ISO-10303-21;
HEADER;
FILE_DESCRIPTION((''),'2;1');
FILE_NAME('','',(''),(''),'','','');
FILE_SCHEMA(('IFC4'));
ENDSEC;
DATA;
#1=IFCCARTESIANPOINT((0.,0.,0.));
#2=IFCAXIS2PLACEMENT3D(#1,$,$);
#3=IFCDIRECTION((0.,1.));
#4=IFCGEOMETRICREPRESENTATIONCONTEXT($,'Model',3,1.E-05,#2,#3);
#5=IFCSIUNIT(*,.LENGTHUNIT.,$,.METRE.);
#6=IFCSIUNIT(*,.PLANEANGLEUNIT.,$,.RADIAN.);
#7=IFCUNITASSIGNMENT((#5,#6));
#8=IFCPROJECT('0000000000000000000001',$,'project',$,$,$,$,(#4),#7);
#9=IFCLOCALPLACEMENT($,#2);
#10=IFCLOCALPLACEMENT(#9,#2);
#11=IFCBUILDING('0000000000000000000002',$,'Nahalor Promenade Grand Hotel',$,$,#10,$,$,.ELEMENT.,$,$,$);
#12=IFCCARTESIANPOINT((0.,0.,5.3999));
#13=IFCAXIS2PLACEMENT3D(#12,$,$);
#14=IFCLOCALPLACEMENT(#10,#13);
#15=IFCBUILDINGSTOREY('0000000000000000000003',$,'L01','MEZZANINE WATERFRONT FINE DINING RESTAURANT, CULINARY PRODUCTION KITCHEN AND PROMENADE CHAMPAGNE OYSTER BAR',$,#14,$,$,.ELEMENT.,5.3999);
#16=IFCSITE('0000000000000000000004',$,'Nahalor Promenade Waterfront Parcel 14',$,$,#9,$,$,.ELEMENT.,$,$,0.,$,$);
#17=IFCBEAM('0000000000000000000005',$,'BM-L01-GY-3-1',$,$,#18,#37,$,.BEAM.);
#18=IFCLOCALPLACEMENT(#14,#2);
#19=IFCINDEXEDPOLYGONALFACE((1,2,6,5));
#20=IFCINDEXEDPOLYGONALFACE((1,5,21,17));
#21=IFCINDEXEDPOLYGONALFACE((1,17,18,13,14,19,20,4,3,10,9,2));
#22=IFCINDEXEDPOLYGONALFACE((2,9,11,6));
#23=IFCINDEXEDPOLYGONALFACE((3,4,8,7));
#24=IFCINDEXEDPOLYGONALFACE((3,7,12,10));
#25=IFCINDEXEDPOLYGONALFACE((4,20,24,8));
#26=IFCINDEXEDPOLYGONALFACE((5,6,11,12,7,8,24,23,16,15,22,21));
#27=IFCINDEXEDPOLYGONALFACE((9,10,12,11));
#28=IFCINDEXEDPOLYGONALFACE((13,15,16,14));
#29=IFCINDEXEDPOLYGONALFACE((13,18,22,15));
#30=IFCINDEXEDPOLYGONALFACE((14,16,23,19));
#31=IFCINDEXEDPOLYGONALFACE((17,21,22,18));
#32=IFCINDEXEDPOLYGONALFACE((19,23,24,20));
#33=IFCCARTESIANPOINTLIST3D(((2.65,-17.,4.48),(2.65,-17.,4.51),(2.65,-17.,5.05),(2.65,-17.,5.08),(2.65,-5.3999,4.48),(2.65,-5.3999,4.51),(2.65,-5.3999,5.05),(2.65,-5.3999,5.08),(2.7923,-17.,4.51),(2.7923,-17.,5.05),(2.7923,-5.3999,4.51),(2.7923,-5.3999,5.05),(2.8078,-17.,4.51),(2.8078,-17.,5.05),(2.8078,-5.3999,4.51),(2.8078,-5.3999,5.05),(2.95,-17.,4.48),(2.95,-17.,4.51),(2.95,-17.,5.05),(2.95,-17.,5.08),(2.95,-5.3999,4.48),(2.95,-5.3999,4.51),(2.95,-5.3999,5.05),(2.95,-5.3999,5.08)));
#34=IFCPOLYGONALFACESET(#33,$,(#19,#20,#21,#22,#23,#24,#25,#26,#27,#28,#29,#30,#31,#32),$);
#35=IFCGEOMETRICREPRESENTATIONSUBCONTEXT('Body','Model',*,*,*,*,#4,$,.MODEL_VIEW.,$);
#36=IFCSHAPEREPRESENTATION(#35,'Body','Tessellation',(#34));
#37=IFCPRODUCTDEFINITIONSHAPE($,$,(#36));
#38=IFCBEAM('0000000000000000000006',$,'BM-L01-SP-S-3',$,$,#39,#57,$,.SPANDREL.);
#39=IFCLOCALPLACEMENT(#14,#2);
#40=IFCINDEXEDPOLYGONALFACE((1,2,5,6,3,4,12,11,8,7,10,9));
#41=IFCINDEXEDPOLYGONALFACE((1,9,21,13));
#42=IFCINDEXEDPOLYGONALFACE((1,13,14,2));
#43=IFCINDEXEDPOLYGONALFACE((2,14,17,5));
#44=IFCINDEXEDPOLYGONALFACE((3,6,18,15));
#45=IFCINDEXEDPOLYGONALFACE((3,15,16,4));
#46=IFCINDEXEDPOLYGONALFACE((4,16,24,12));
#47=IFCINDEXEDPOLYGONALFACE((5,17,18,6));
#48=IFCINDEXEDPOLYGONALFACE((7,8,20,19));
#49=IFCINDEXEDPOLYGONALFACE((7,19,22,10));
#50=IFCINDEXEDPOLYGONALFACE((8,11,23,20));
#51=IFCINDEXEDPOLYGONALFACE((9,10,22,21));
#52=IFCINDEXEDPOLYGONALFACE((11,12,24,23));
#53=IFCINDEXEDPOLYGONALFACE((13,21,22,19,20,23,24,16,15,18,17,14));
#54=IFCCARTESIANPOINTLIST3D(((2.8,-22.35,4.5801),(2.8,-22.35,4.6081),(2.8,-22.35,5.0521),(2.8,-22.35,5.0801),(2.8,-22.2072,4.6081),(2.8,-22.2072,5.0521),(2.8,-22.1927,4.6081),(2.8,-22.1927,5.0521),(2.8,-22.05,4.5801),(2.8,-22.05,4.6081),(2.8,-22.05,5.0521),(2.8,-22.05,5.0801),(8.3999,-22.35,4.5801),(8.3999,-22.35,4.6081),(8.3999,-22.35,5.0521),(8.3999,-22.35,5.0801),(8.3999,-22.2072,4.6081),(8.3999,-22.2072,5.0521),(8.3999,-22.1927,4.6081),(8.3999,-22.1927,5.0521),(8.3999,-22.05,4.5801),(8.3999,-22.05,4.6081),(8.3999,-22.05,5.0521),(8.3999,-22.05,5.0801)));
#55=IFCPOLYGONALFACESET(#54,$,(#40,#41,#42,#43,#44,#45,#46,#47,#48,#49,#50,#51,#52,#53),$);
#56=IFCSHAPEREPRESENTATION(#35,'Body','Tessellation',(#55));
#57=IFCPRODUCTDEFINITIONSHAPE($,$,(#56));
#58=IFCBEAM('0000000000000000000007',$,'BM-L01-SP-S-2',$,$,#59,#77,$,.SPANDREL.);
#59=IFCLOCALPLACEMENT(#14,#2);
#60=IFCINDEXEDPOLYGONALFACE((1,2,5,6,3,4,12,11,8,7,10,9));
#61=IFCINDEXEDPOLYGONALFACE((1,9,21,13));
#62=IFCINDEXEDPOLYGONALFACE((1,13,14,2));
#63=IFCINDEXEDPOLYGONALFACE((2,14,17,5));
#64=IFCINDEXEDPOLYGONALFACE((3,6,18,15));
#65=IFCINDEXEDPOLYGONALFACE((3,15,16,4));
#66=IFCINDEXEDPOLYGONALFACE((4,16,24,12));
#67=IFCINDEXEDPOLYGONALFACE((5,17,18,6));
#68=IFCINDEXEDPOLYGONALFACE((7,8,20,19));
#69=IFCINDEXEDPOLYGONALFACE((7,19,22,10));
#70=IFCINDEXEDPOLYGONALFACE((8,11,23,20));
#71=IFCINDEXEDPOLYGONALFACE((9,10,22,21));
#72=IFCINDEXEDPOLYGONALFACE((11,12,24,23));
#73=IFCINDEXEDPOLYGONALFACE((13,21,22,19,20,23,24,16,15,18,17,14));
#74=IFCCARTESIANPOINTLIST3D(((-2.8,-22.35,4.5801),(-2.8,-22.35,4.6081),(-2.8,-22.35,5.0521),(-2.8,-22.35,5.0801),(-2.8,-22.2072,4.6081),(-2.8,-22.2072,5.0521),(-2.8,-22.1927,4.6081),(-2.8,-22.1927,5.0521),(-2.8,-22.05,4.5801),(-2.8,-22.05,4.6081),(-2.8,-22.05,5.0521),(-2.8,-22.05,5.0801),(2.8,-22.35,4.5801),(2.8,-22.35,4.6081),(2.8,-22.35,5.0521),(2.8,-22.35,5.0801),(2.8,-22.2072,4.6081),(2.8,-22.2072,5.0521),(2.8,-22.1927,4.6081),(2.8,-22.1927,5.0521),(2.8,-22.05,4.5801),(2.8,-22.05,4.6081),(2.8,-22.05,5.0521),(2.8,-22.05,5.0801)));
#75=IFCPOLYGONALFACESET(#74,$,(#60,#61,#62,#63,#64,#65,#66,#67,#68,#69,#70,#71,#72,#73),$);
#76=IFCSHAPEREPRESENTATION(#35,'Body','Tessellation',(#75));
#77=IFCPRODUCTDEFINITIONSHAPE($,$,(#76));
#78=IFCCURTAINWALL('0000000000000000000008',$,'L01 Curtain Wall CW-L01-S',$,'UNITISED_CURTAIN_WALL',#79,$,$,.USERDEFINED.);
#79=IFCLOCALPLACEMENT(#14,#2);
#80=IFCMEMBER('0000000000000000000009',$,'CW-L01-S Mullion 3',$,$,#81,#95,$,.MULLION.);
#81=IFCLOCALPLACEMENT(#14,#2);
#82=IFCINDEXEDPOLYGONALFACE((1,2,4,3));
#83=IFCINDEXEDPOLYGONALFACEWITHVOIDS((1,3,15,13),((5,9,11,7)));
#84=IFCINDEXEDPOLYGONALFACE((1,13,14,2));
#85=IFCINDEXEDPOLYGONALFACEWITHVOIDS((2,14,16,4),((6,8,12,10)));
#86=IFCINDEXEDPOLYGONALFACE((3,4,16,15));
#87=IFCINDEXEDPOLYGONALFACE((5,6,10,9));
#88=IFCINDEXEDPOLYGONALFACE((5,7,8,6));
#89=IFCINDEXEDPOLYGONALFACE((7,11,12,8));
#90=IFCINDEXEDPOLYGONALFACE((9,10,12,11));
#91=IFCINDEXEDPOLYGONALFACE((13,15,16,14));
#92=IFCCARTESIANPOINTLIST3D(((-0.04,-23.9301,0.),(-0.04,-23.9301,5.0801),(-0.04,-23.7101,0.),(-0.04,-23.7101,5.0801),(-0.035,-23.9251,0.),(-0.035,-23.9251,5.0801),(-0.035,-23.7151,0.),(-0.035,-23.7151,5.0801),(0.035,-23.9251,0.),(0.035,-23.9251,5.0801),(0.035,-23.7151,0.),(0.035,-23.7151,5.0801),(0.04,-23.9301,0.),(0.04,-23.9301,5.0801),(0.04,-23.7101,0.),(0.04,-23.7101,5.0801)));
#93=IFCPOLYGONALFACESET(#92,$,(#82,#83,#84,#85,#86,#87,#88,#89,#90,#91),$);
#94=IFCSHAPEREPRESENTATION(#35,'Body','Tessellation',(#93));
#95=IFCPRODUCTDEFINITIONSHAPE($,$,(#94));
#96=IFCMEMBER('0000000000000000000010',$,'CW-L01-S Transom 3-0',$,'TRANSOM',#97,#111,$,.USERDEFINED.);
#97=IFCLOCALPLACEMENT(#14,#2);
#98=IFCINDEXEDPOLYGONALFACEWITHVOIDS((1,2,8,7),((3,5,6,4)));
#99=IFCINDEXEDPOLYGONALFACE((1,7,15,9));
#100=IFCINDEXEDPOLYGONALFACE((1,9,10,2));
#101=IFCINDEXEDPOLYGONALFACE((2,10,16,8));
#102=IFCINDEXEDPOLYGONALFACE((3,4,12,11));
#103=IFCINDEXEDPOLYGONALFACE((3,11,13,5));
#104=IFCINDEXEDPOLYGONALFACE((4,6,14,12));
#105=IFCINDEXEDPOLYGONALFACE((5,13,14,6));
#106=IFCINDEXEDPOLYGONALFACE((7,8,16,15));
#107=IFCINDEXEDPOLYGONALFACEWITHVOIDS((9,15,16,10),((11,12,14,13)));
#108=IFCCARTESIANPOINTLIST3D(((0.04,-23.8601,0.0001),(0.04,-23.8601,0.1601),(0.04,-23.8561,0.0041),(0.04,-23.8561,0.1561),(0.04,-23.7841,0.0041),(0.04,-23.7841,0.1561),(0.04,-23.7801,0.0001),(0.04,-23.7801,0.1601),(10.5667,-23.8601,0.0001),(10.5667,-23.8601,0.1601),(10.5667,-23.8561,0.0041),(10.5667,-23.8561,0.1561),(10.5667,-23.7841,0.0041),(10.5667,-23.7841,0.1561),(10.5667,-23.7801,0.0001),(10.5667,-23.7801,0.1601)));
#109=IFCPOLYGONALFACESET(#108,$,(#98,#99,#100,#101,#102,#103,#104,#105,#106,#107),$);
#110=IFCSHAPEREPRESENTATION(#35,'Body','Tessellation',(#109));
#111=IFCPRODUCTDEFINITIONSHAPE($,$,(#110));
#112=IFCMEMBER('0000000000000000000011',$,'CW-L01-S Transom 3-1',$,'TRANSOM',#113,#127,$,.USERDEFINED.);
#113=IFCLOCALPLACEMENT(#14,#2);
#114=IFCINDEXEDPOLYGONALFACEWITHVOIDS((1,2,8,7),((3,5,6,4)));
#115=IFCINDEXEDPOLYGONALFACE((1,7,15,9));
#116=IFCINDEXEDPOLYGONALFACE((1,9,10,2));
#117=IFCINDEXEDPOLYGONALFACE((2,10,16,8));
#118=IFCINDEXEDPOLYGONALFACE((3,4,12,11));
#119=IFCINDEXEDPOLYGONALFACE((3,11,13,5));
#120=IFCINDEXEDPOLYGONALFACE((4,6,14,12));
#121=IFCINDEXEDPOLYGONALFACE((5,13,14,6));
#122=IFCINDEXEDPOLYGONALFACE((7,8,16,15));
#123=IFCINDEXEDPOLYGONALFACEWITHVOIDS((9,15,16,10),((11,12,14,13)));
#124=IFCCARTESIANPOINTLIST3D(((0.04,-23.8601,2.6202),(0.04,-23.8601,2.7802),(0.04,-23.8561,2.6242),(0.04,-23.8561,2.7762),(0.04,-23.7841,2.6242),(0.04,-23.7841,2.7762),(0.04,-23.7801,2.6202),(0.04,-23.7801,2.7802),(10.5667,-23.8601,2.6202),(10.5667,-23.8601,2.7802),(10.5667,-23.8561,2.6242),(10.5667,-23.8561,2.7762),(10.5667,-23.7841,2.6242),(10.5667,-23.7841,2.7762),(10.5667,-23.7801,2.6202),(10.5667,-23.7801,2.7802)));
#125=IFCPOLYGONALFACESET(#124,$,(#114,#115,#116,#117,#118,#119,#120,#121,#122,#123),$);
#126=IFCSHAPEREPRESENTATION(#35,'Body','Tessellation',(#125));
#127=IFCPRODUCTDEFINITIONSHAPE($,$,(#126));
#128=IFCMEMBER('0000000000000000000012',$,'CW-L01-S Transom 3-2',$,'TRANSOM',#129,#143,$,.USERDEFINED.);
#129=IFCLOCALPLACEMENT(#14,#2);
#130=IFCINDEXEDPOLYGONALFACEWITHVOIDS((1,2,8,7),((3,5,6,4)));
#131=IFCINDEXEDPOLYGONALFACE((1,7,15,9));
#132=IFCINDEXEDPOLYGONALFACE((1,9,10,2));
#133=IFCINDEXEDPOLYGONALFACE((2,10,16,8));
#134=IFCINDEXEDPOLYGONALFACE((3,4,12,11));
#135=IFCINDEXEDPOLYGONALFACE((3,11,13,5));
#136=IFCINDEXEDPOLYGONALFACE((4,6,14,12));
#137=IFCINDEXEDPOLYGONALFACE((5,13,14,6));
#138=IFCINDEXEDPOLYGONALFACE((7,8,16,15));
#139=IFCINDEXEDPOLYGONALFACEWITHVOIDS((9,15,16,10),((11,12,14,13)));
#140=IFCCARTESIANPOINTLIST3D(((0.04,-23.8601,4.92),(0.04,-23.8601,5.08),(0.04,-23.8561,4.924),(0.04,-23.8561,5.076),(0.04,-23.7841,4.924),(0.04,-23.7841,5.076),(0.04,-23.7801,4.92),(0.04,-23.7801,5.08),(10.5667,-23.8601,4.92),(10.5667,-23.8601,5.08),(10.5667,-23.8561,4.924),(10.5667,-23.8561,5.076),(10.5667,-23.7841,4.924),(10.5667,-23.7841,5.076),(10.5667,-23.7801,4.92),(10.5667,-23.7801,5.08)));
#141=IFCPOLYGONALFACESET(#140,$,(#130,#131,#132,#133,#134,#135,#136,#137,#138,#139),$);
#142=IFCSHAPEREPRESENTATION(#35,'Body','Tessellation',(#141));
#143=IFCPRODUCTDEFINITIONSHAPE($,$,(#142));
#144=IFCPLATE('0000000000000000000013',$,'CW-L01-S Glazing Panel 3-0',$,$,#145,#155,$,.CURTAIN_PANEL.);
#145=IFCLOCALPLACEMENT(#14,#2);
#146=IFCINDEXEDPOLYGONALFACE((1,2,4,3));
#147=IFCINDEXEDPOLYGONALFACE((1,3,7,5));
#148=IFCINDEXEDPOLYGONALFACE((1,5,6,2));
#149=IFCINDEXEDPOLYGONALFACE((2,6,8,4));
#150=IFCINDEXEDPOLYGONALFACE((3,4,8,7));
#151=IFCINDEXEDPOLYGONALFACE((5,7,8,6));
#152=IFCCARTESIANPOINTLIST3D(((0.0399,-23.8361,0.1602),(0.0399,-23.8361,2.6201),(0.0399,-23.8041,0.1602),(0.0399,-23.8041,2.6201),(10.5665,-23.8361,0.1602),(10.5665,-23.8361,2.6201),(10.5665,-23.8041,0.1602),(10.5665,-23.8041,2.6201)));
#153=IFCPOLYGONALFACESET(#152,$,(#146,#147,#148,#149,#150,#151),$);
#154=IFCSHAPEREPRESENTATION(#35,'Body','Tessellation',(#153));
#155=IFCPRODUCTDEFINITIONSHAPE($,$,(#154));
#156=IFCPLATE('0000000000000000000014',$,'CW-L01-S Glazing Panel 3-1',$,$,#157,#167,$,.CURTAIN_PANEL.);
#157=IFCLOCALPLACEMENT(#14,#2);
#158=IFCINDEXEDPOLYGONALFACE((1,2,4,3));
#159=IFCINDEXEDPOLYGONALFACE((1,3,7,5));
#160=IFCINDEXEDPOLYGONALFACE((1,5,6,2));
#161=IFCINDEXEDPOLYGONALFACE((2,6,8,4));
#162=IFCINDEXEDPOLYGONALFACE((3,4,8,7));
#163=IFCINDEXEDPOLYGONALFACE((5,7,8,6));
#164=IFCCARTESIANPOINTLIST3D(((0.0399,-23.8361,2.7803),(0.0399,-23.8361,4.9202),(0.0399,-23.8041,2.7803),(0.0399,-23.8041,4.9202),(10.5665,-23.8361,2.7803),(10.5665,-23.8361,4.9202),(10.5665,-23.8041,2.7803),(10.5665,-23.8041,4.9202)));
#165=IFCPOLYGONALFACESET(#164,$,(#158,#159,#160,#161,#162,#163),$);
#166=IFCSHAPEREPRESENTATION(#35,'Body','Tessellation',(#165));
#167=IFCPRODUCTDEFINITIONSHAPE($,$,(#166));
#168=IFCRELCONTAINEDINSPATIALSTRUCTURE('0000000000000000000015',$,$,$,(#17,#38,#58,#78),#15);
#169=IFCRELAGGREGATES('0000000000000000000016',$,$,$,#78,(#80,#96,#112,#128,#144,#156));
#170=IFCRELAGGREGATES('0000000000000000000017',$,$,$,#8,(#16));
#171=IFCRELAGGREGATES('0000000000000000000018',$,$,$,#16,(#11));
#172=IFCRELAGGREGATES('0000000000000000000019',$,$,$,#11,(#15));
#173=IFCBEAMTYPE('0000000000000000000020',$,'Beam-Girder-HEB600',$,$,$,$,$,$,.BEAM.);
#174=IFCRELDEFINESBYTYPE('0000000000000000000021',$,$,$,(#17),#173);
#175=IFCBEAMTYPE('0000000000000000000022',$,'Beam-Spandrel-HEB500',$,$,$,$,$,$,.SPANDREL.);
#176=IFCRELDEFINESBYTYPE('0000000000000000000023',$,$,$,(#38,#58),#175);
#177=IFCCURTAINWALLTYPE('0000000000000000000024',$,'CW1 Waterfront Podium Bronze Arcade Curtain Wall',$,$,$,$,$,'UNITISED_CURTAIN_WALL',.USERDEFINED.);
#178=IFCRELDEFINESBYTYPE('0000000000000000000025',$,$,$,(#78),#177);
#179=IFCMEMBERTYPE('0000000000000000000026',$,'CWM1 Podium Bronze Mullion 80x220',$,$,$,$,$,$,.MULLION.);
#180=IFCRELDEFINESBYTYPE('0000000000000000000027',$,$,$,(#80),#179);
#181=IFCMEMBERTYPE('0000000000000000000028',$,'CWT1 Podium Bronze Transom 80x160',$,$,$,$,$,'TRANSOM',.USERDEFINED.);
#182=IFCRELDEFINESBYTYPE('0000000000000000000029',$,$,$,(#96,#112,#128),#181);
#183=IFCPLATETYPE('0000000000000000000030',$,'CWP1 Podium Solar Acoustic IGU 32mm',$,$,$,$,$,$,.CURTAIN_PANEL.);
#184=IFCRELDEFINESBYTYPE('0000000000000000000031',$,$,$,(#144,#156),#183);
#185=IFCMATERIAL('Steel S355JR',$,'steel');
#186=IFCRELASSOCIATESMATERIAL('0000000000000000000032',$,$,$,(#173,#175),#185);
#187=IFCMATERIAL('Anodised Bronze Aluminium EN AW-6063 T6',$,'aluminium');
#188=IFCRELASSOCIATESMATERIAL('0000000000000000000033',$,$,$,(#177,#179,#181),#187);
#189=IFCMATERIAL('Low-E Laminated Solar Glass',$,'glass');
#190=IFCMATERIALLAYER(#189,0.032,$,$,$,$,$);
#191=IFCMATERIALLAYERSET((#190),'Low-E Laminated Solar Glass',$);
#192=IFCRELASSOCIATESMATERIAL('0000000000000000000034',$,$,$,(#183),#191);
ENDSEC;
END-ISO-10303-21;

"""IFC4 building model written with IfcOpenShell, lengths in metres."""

from ifc_helpers import new_model, si_unit, direction, frame, origin, origin_2d, place, context, subcontext, project, spatial, rectangle, hollow_rectangle, i_section, extrude, source, transform, mapped, material, layer, layer_set, material_profile, profile_set, type_object, element, aggregate, save


model = new_model("IFC4")

# Units and contexts
model_context = context("Model", 3, precision=1e-05, world=origin(), true_north=direction((0.0, 1.0)))
body_context = subcontext(model_context, "Body", "Model", "MODEL_VIEW")
ifc_project = project(units=[si_unit("LENGTHUNIT", "METRE"), si_unit("PLANEANGLEUNIT", "RADIAN")], contexts=[model_context])

# Site, building, storey
site_placement = place(None, origin())
site = spatial("IfcSite", under=ifc_project, at=site_placement, Name="Nahalor Promenade Waterfront Parcel 14", CompositionType="ELEMENT", RefElevation=0.0)
building_placement = place(site_placement, origin())
building = spatial("IfcBuilding", under=site, at=building_placement, Name="Nahalor Promenade Grand Hotel", CompositionType="ELEMENT")
storey_placement = place(building_placement, frame((0.0, 0.0, 5.3999)))
storey = spatial("IfcBuildingStorey", under=building, at=storey_placement, Name="L01", Description="MEZZANINE WATERFRONT FINE DINING RESTAURANT, CULINARY PRODUCTION KITCHEN AND PROMENADE CHAMPAGNE OYSTER BAR", CompositionType="ELEMENT", Elevation=5.3999)

# Beams
ifc_material_1 = material(Name="Steel S355JR", Category="steel")
ifc_material_profile_1 = material_profile(ifc_material_1, i_section(OverallWidth=0.3, OverallDepth=0.6, WebThickness=0.0155, FlangeThickness=0.03, at=origin_2d()), Name="HEB 600")
ifc_profile_set_1 = profile_set([ifc_material_profile_1], Name="Steel S355JR")
beam_type_1 = type_object("IfcBeamType", Name="Beam-Girder-HEB600", PredefinedType="BEAM", material=ifc_profile_set_1)
shared_shape_1 = source(origin(), body_context, "Body", "SweptSolid", [
    extrude(i_section(OverallWidth=0.3, OverallDepth=0.6, WebThickness=0.0155, FlangeThickness=0.03, at=origin_2d()), origin(), (0.0, 0.0, 1.0), 11.6001),
])
for number, where, z_axis, x_axis, name in (
    (1, (2.8, -17.0, 4.78), (0.0, 1.0, 0.0), (-1.0, 0.0, 0.0), "BM-L01-GY-3-1"),
):
    element("IfcBeam", number, at=place(storey_placement, frame(where, z_axis=z_axis, x_axis=x_axis)), inside=storey, type_object=beam_type_1, Name=name, PredefinedType="BEAM", context=body_context, shape_type="MappedRepresentation", body=[
        mapped(shared_shape_1, transform((0.0, 0.0, 0.0), scale=1.0)),
    ])
ifc_material_profile_2 = material_profile(ifc_material_1, i_section(OverallWidth=0.3, OverallDepth=0.5, WebThickness=0.0145, FlangeThickness=0.028, at=origin_2d()), Name="HEB 500")
ifc_profile_set_2 = profile_set([ifc_material_profile_2], Name="Steel S355JR")
beam_type_2 = type_object("IfcBeamType", Name="Beam-Spandrel-HEB500", PredefinedType="SPANDREL", material=ifc_profile_set_2)
shared_shape_2 = source(origin(), body_context, "Body", "SweptSolid", [
    extrude(i_section(OverallWidth=0.3, OverallDepth=0.5, WebThickness=0.0145, FlangeThickness=0.028, at=origin_2d()), origin(), (0.0, 0.0, 1.0), 5.5999),
])
beam_1_placement = place(storey_placement, frame((2.8, -22.2, 4.8301), z_axis=(1.0, 0.0, 0.0), x_axis=(0.0, 1.0, 0.0)))
element("IfcBeam", 2, at=beam_1_placement, inside=storey, type_object=beam_type_2, Name="BM-L01-SP-S-3", PredefinedType="SPANDREL", context=body_context, shape_type="MappedRepresentation", body=[
    mapped(shared_shape_2, transform((0.0, 0.0, 0.0), scale=1.0)),
])
shared_shape_3 = source(origin(), body_context, "Body", "SweptSolid", [
    extrude(i_section(OverallWidth=0.3, OverallDepth=0.5, WebThickness=0.0145, FlangeThickness=0.028, at=origin_2d()), origin(), (0.0, 0.0, 1.0), 5.6001),
])
beam_2_placement = place(storey_placement, frame((-2.8, -22.2, 4.8301), z_axis=(1.0, 0.0, 0.0), x_axis=(0.0, 1.0, 0.0)))
element("IfcBeam", 3, at=beam_2_placement, inside=storey, type_object=beam_type_2, Name="BM-L01-SP-S-2", PredefinedType="SPANDREL", context=body_context, shape_type="MappedRepresentation", body=[
    mapped(shared_shape_3, transform((0.0, 0.0, 0.0), scale=1.0)),
])

# Curtain wall, members, plates
ifc_material_2 = material(Name="Anodised Bronze Aluminium EN AW-6063 T6", Category="aluminium")
curtain_wall_type = type_object("IfcCurtainWallType", Name="CW1 Waterfront Podium Bronze Arcade Curtain Wall", ElementType="UNITISED_CURTAIN_WALL", PredefinedType="USERDEFINED", material=ifc_material_2)
curtain_wall_placement = place(storey_placement, origin())
curtain_wall = element("IfcCurtainWall", 4, at=curtain_wall_placement, inside=storey, type_object=curtain_wall_type, Name="L01 Curtain Wall CW-L01-S", ObjectType="UNITISED_CURTAIN_WALL", PredefinedType="USERDEFINED")
ifc_material_profile_3 = material_profile(ifc_material_2, hollow_rectangle(XDim=0.08, YDim=0.22, WallThickness=0.005, at=origin_2d()), Name="CWM 80x220x5")
ifc_profile_set_3 = profile_set([ifc_material_profile_3], Name="Anodised Bronze Aluminium EN AW-6063 T6")
member_type_1 = type_object("IfcMemberType", Name="CWM1 Podium Bronze Mullion 80x220", PredefinedType="MULLION", material=ifc_profile_set_3)
shared_shape_4 = source(origin(), body_context, "Body", "SweptSolid", [
    extrude(hollow_rectangle(XDim=0.08, YDim=0.22, WallThickness=0.005, at=origin_2d()), origin(), (0.0, 0.0, 1.0), 5.0801),
])
member_1_placement = place(storey_placement, frame((0.0, -23.8201, 0.0), z_axis=(0.0, 0.0, 1.0), x_axis=(1.0, 0.0, 0.0)))
member_1 = element("IfcMember", 5, at=member_1_placement, type_object=member_type_1, Name="CW-L01-S Mullion 3", PredefinedType="MULLION", context=body_context, shape_type="MappedRepresentation", body=[
    mapped(shared_shape_4, transform((0.0, 0.0, 0.0), scale=1.0)),
])
ifc_material_profile_4 = material_profile(ifc_material_2, hollow_rectangle(XDim=0.08, YDim=0.16, WallThickness=0.004, at=origin_2d()), Name="CWT 80x160x4")
ifc_profile_set_4 = profile_set([ifc_material_profile_4], Name="Anodised Bronze Aluminium EN AW-6063 T6")
member_type_2 = type_object("IfcMemberType", Name="CWT1 Podium Bronze Transom 80x160", ElementType="TRANSOM", PredefinedType="USERDEFINED", material=ifc_profile_set_4)
shared_shape_5 = source(origin(), body_context, "Body", "SweptSolid", [
    extrude(hollow_rectangle(XDim=0.08, YDim=0.16, WallThickness=0.004, at=origin_2d()), origin(), (0.0, 0.0, 1.0), 10.5266),
])
member_2_placement = place(storey_placement, frame((0.04, -23.8201, 0.0801), z_axis=(1.0, 0.0, 0.0), x_axis=(0.0, 1.0, 0.0)))
member_2 = element("IfcMember", 6, at=member_2_placement, type_object=member_type_2, Name="CW-L01-S Transom 3-0", ObjectType="TRANSOM", PredefinedType="USERDEFINED", context=body_context, shape_type="MappedRepresentation", body=[
    mapped(shared_shape_5, transform((0.0, 0.0, 0.0), scale=1.0)),
])
member_3_placement = place(storey_placement, frame((0.04, -23.8201, 2.7002), z_axis=(1.0, 0.0, 0.0), x_axis=(0.0, 1.0, 0.0)))
member_3 = element("IfcMember", 7, at=member_3_placement, type_object=member_type_2, Name="CW-L01-S Transom 3-1", ObjectType="TRANSOM", PredefinedType="USERDEFINED", context=body_context, shape_type="MappedRepresentation", body=[
    mapped(shared_shape_5, transform((0.0, 0.0, 0.0), scale=1.0)),
])
member_4_placement = place(storey_placement, frame((0.04, -23.8201, 5.0), z_axis=(1.0, 0.0, 0.0), x_axis=(0.0, 1.0, 0.0)))
member_4 = element("IfcMember", 8, at=member_4_placement, type_object=member_type_2, Name="CW-L01-S Transom 3-2", ObjectType="TRANSOM", PredefinedType="USERDEFINED", context=body_context, shape_type="MappedRepresentation", body=[
    mapped(shared_shape_5, transform((0.0, 0.0, 0.0), scale=1.0)),
])
ifc_material_3 = material(Name="Low-E Laminated Solar Glass", Category="glass")
ifc_layer_1 = layer(ifc_material_3, 0.032)
ifc_layer_set_1 = layer_set([ifc_layer_1], Name="Low-E Laminated Solar Glass")
plate_type = type_object("IfcPlateType", Name="CWP1 Podium Solar Acoustic IGU 32mm", PredefinedType="CURTAIN_PANEL", material=ifc_layer_set_1)
shared_shape_6 = source(origin(), body_context, "Body", "SweptSolid", [
    extrude(rectangle(XDim=10.5266, YDim=0.032, at=origin_2d()), origin(), (0.0, 0.0, 1.0), 2.46),
])
plate_1_placement = place(storey_placement, frame((5.3032, -23.8201, 0.1602), z_axis=(0.0, 0.0, 1.0), x_axis=(1.0, 0.0, 0.0)))
plate_1 = element("IfcPlate", 9, at=plate_1_placement, type_object=plate_type, Name="CW-L01-S Glazing Panel 3-0", PredefinedType="CURTAIN_PANEL", context=body_context, shape_type="MappedRepresentation", body=[
    mapped(shared_shape_6, transform((0.0, 0.0, 0.0), scale=1.0)),
])
shared_shape_7 = source(origin(), body_context, "Body", "SweptSolid", [
    extrude(rectangle(XDim=10.5266, YDim=0.032, at=origin_2d()), origin(), (0.0, 0.0, 1.0), 2.1399),
])
plate_2_placement = place(storey_placement, frame((5.3032, -23.8201, 2.7803), z_axis=(0.0, 0.0, 1.0), x_axis=(1.0, 0.0, 0.0)))
plate_2 = element("IfcPlate", 10, at=plate_2_placement, type_object=plate_type, Name="CW-L01-S Glazing Panel 3-1", PredefinedType="CURTAIN_PANEL", context=body_context, shape_type="MappedRepresentation", body=[
    mapped(shared_shape_7, transform((0.0, 0.0, 0.0), scale=1.0)),
])
aggregate(curtain_wall, [member_1, member_2, member_3, member_4, plate_1, plate_2])

save(model, "model.ifc")
